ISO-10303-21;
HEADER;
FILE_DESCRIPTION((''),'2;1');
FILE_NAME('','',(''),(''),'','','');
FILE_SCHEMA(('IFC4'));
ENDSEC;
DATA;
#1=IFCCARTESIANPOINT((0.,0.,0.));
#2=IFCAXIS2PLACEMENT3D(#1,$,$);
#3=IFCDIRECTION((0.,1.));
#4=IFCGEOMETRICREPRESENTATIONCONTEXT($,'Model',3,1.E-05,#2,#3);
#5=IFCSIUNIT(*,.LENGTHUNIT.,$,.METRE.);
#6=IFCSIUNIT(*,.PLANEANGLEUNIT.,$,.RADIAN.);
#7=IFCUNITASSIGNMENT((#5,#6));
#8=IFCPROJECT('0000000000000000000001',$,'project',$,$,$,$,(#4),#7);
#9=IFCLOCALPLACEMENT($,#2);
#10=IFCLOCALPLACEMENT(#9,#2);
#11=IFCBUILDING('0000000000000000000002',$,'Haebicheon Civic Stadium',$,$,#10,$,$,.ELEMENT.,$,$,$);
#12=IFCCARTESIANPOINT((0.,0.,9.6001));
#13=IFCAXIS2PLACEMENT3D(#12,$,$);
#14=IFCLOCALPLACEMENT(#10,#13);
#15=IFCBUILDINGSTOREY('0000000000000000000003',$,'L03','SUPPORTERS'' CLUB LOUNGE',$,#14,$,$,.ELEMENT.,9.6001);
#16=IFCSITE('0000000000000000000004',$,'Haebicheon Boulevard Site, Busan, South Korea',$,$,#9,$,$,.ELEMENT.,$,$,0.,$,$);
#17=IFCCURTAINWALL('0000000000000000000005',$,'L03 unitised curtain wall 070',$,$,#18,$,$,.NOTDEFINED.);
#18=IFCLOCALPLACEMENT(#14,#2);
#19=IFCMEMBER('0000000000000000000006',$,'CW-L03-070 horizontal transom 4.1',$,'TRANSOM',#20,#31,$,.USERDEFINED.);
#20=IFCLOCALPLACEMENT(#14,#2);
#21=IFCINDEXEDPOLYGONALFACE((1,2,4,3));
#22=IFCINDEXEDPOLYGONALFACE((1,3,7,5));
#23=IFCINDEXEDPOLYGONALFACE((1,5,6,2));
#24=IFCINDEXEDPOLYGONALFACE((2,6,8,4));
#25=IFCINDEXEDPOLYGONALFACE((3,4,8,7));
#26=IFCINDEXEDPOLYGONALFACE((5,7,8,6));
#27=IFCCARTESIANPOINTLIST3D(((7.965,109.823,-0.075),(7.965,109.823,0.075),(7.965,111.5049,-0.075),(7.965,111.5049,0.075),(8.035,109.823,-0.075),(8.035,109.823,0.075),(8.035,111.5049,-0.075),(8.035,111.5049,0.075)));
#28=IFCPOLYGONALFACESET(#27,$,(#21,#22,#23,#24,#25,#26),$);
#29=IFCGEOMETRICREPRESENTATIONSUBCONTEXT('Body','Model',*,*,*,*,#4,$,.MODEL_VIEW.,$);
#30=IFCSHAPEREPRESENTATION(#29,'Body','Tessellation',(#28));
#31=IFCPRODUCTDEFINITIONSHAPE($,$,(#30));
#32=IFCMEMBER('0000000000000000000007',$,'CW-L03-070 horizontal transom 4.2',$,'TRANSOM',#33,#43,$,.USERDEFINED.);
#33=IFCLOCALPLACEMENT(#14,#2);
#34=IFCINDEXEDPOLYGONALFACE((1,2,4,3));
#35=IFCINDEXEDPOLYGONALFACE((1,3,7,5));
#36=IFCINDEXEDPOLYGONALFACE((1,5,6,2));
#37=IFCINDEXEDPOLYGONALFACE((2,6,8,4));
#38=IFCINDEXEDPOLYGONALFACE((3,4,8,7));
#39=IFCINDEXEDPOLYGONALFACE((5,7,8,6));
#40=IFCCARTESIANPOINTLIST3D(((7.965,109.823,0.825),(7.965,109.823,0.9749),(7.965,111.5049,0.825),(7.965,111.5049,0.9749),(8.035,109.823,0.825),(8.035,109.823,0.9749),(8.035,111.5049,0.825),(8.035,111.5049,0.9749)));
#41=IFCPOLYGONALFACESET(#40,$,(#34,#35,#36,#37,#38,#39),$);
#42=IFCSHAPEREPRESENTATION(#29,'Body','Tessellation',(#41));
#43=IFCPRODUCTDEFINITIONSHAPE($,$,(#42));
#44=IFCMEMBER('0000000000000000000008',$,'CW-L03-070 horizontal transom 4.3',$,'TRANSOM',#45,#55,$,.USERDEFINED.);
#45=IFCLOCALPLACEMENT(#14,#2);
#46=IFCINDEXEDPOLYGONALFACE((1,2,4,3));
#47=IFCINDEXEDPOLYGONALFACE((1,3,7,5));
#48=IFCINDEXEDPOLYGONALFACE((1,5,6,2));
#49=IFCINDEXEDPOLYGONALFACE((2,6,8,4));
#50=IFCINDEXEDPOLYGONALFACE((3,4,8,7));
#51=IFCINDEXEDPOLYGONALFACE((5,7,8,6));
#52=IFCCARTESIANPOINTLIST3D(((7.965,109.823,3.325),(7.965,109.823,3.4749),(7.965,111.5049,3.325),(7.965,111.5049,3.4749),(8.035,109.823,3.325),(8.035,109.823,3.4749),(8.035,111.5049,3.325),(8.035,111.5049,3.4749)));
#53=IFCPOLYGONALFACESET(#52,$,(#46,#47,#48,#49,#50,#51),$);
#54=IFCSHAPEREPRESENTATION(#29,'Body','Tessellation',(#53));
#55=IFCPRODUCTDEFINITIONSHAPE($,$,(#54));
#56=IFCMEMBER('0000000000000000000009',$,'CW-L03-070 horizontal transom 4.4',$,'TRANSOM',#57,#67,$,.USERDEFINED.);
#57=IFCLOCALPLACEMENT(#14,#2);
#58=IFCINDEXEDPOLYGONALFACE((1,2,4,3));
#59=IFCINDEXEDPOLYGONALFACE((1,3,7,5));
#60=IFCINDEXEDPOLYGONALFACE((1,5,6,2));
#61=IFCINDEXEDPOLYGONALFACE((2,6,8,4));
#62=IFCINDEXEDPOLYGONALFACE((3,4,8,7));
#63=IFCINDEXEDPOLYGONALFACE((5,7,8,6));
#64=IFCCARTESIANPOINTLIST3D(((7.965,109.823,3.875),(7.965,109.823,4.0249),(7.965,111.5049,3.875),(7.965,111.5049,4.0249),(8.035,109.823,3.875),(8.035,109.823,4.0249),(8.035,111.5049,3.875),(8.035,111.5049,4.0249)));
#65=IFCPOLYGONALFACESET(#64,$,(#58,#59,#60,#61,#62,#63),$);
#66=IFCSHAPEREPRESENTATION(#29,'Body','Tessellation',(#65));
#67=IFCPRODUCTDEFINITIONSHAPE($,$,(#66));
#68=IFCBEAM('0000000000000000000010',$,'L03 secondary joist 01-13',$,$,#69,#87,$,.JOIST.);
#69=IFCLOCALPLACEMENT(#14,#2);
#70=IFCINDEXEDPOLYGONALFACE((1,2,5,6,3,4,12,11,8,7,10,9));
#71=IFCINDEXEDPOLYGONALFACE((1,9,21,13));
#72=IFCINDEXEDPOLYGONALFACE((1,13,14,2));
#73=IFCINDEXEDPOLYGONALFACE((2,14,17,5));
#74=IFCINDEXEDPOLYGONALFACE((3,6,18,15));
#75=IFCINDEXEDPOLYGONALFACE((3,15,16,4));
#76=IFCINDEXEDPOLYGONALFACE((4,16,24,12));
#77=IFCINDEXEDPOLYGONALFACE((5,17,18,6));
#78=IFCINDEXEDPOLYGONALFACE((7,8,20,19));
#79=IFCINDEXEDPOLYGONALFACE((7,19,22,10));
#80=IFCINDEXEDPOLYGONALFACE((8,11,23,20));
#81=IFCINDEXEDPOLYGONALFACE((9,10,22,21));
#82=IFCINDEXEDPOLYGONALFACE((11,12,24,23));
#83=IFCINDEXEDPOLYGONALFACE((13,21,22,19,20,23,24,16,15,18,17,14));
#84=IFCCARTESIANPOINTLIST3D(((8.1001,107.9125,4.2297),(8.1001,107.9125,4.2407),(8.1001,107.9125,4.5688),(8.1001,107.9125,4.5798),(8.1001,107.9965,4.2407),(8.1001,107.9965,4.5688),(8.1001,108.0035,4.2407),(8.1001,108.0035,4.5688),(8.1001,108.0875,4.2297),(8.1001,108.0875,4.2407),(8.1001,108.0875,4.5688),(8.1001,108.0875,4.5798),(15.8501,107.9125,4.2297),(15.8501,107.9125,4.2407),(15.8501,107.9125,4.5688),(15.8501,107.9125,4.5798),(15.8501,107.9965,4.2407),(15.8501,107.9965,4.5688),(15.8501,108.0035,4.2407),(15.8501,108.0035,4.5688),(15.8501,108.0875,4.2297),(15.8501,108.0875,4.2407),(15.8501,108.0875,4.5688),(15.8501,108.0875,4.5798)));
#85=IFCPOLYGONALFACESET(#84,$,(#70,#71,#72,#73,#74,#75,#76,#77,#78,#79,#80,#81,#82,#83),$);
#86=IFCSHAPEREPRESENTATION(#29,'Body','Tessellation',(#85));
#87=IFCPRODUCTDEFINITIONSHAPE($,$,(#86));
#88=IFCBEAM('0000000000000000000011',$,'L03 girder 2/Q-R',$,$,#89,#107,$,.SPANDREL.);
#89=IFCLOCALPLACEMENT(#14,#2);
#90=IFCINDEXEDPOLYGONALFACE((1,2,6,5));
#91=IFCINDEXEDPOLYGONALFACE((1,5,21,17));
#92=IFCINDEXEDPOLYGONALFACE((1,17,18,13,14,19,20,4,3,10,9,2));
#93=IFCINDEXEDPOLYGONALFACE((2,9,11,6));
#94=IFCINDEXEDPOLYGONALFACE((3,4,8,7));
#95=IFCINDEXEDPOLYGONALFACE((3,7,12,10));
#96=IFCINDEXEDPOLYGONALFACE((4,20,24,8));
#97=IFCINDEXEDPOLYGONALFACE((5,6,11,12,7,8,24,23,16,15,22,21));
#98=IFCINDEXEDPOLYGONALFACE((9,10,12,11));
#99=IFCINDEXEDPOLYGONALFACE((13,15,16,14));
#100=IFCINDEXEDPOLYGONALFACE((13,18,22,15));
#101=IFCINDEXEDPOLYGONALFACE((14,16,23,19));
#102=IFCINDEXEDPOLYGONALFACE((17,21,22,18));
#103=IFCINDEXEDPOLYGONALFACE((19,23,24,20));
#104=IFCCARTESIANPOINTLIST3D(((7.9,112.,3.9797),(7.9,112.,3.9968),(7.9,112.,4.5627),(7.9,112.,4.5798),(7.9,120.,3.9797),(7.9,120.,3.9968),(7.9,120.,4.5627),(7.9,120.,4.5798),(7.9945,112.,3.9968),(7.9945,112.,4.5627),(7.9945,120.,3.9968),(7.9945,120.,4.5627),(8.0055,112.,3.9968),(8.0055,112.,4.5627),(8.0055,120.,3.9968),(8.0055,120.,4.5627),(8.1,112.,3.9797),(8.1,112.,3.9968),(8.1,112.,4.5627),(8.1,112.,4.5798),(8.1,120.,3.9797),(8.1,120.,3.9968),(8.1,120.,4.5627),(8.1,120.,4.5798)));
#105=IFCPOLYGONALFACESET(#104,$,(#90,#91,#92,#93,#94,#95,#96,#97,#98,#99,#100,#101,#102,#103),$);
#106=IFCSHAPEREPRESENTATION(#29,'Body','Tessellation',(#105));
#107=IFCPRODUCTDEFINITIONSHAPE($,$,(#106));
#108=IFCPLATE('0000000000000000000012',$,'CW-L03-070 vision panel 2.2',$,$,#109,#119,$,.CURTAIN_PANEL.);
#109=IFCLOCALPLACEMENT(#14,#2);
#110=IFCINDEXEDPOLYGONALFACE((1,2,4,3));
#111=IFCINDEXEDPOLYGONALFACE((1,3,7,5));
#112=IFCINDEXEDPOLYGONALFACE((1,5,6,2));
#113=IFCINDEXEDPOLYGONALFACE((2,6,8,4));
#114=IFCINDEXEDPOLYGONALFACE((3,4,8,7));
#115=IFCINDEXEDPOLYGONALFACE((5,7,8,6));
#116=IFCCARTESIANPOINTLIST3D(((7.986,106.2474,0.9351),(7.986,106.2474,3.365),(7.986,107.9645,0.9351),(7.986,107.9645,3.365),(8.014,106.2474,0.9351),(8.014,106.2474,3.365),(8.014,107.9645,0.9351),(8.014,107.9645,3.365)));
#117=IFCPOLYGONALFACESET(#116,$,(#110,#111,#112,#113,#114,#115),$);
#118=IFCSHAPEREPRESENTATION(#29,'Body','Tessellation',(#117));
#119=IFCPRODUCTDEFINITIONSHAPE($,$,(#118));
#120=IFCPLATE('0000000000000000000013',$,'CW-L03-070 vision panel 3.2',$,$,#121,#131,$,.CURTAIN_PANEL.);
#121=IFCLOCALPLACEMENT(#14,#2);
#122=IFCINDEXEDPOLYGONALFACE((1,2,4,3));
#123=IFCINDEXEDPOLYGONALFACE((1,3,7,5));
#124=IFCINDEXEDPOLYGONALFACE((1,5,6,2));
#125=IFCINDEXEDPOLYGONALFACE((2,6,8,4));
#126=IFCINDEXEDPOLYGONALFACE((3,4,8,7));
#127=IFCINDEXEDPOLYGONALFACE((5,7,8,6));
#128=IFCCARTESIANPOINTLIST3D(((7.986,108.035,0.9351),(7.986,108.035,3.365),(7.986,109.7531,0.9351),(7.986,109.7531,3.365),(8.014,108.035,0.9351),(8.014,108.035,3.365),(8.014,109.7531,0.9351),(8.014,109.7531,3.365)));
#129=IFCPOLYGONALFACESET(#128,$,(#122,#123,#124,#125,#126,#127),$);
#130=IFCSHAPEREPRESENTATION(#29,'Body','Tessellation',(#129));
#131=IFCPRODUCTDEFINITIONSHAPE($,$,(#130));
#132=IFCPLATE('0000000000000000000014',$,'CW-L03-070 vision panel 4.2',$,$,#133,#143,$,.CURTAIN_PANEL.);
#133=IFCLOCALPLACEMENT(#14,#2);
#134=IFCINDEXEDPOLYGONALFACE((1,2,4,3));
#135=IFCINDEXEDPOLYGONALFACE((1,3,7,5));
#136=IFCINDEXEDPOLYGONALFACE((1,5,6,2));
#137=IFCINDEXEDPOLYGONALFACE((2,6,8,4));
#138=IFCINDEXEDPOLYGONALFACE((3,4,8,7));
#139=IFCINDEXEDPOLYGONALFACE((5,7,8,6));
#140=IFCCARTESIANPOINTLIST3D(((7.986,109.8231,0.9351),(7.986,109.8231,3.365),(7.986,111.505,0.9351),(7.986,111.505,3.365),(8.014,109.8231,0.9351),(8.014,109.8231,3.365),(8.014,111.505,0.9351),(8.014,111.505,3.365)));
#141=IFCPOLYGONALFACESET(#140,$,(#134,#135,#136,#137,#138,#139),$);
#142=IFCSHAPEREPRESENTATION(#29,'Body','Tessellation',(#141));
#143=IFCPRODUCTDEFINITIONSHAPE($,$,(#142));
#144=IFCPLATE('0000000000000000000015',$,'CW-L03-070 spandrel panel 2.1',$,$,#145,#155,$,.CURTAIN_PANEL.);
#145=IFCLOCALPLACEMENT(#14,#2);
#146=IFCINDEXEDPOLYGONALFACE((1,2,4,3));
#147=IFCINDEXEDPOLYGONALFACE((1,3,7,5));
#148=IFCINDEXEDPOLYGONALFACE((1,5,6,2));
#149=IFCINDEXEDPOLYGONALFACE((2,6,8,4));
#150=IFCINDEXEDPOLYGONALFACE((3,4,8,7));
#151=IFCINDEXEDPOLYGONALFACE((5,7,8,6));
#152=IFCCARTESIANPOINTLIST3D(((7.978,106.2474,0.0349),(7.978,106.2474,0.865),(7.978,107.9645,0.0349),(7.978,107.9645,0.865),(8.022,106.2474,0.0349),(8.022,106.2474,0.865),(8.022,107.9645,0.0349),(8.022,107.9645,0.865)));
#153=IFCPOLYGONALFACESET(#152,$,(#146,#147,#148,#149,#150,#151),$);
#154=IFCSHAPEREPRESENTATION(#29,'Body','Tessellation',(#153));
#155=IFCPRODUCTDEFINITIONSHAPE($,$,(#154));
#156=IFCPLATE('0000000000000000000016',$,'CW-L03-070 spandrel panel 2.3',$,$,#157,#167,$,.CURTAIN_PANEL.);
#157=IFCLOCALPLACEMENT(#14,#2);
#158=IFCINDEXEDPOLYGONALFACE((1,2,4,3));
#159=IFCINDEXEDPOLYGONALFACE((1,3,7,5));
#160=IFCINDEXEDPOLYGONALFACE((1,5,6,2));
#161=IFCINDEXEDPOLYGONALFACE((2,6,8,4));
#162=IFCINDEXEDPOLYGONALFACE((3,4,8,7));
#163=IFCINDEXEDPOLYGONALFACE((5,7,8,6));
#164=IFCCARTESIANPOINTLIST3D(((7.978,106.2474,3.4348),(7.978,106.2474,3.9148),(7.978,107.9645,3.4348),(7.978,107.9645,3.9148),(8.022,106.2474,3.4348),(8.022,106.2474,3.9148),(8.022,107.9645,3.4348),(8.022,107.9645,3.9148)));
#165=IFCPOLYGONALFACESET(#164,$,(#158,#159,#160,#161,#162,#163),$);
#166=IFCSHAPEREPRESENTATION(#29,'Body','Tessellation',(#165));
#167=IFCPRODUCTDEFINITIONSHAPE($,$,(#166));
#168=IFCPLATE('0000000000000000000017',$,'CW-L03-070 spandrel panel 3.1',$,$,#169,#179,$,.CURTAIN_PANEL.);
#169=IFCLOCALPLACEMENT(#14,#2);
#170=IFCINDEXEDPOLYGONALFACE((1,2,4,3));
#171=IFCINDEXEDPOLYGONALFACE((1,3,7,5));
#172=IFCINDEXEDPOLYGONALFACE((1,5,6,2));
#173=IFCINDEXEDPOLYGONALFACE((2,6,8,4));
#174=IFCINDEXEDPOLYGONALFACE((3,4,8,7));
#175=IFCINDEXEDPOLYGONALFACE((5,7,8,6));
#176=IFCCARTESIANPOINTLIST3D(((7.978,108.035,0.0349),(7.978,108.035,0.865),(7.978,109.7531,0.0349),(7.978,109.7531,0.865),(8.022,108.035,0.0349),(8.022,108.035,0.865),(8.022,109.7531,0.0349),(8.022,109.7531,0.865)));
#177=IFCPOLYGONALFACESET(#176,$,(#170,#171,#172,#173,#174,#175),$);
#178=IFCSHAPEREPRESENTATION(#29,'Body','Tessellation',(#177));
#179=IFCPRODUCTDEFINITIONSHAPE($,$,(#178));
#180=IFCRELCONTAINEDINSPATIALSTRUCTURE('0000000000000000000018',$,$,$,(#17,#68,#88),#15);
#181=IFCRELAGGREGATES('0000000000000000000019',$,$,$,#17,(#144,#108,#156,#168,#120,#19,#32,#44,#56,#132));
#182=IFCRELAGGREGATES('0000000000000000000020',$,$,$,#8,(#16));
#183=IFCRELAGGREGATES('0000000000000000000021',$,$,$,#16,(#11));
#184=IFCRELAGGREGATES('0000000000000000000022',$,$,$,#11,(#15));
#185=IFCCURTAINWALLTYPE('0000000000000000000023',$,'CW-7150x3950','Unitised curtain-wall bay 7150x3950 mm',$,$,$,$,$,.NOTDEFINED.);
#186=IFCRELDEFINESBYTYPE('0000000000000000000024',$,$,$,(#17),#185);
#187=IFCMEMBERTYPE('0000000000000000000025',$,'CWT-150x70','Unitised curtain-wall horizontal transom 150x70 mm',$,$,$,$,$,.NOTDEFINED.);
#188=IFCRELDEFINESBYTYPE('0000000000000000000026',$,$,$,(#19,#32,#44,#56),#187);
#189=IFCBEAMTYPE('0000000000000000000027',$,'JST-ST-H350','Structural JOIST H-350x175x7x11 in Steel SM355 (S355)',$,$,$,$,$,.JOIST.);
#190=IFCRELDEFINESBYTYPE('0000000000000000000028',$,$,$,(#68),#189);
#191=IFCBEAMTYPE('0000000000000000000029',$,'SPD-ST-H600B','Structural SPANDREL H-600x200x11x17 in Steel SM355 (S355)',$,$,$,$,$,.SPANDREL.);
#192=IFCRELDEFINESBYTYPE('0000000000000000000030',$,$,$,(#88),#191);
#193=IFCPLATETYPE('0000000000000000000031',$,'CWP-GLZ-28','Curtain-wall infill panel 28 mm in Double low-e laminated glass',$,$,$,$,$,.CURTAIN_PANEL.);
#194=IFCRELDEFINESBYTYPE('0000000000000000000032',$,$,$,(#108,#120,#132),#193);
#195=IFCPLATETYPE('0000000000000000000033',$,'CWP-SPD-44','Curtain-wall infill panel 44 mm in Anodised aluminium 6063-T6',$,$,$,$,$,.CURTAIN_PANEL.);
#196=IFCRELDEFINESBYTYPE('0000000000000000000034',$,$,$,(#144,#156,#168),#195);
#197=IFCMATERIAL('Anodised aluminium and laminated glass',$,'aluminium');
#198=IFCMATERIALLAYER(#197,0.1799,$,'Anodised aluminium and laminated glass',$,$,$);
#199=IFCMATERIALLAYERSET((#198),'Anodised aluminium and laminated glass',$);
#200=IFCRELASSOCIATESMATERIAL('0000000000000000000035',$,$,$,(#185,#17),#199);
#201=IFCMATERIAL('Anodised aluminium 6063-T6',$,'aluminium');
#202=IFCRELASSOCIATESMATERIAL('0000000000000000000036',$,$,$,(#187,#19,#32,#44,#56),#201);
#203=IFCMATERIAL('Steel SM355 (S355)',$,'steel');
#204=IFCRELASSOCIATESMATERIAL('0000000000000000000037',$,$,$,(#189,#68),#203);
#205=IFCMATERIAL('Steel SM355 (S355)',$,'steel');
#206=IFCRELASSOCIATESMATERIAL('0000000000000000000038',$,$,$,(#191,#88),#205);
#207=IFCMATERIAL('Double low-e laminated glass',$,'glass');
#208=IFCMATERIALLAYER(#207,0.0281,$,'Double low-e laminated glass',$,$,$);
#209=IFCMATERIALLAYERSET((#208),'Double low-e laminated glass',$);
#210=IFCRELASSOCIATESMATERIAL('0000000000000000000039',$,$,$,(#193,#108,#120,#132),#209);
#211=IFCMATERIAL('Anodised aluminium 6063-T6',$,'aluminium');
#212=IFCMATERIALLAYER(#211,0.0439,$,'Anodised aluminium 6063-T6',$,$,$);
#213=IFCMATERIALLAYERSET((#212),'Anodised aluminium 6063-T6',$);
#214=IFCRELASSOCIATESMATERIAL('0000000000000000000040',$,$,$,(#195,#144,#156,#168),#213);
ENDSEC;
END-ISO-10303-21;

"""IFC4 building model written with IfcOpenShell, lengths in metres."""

from ifc_helpers import new_model, si_unit, direction, frame, origin, origin_2d, place, context, subcontext, project, spatial, rectangle, i_section, extrude, material, layer, layer_set, material_profile, profile_set, type_object, element, aggregate, save


model = new_model("IFC4")

# Units and contexts
model_context = context("Model", 3, precision=1e-05, world=origin(), true_north=direction((0.0, 1.0)))
body_context = subcontext(model_context, "Body", "Model", "MODEL_VIEW")
ifc_project = project(units=[si_unit("LENGTHUNIT", "METRE"), si_unit("PLANEANGLEUNIT", "RADIAN")], contexts=[model_context])

# Site, building, storey
site_placement = place(None, origin())
site = spatial("IfcSite", under=ifc_project, at=site_placement, Name="Haebicheon Boulevard Site, Busan, South Korea", CompositionType="ELEMENT", RefElevation=0.0)
building_placement = place(site_placement, origin())
building = spatial("IfcBuilding", under=site, at=building_placement, Name="Haebicheon Civic Stadium", CompositionType="ELEMENT")
storey_placement = place(building_placement, frame((0.0, 0.0, 9.6001)))
storey = spatial("IfcBuildingStorey", under=building, at=storey_placement, Name="L03", Description="SUPPORTERS' CLUB LOUNGE", CompositionType="ELEMENT", Elevation=9.6001)

# Curtain wall, members
ifc_material_1 = material(Name="Anodised aluminium and laminated glass", Category="aluminium")
ifc_layer_1 = layer(ifc_material_1, 0.1799, Name="Anodised aluminium and laminated glass")
ifc_layer_set_1 = layer_set([ifc_layer_1], Name="Anodised aluminium and laminated glass")
curtain_wall_type = type_object("IfcCurtainWallType", Name="CW-7150x3950", Description="Unitised curtain-wall bay 7150x3950 mm", PredefinedType="NOTDEFINED", material=ifc_layer_set_1)
curtain_wall_placement = place(storey_placement, origin())
curtain_wall = element("IfcCurtainWall", 1, at=curtain_wall_placement, inside=storey, type_object=curtain_wall_type, material=ifc_layer_set_1, Name="L03 unitised curtain wall 070", PredefinedType="NOTDEFINED")
ifc_material_2 = material(Name="Anodised aluminium 6063-T6", Category="aluminium")
ifc_material_profile_1 = material_profile(ifc_material_2, rectangle(XDim=0.0701, YDim=0.1499, at=origin_2d()), Name="ALU-TRAN-70x150")
ifc_profile_set_1 = profile_set([ifc_material_profile_1], Name="Anodised aluminium 6063-T6")
member_type_1 = type_object("IfcMemberType", Name="CWT-150x70", Description="Unitised curtain-wall horizontal transom 150x70 mm", PredefinedType="NOTDEFINED", material=ifc_profile_set_1)
member_1_placement = place(storey_placement, frame((8.0, 109.823, 0.0), z_axis=(0.0, 1.0, 0.0), x_axis=(-1.0, 0.0, 0.0)))
member_1 = element("IfcMember", 2, at=member_1_placement, type_object=member_type_1, material=ifc_profile_set_1, Name="CW-L03-070 horizontal transom 4.1", ObjectType="TRANSOM", PredefinedType="USERDEFINED", context=body_context, shape_type="SweptSolid", body=[
    extrude(rectangle(XDim=0.0701, YDim=0.1499, at=origin_2d()), origin(), (0.0, 0.0, 1.0), 1.6819),
])
member_2_placement = place(storey_placement, frame((8.0, 109.823, 0.8999), z_axis=(0.0, 1.0, 0.0), x_axis=(-1.0, 0.0, 0.0)))
member_2 = element("IfcMember", 3, at=member_2_placement, type_object=member_type_1, material=ifc_profile_set_1, Name="CW-L03-070 horizontal transom 4.2", ObjectType="TRANSOM", PredefinedType="USERDEFINED", context=body_context, shape_type="SweptSolid", body=[
    extrude(rectangle(XDim=0.0701, YDim=0.1499, at=origin_2d()), origin(), (0.0, 0.0, 1.0), 1.6819),
])
member_3_placement = place(storey_placement, frame((8.0, 109.823, 3.3999), z_axis=(0.0, 1.0, 0.0), x_axis=(-1.0, 0.0, 0.0)))
member_3 = element("IfcMember", 4, at=member_3_placement, type_object=member_type_1, material=ifc_profile_set_1, Name="CW-L03-070 horizontal transom 4.3", ObjectType="TRANSOM", PredefinedType="USERDEFINED", context=body_context, shape_type="SweptSolid", body=[
    extrude(rectangle(XDim=0.0701, YDim=0.1499, at=origin_2d()), origin(), (0.0, 0.0, 1.0), 1.6819),
])
member_4_placement = place(storey_placement, frame((8.0, 109.823, 3.95), z_axis=(0.0, 1.0, 0.0), x_axis=(-1.0, 0.0, 0.0)))
member_4 = element("IfcMember", 5, at=member_4_placement, type_object=member_type_1, material=ifc_profile_set_1, Name="CW-L03-070 horizontal transom 4.4", ObjectType="TRANSOM", PredefinedType="USERDEFINED", context=body_context, shape_type="SweptSolid", body=[
    extrude(rectangle(XDim=0.0701, YDim=0.1499, at=origin_2d()), origin(), (0.0, 0.0, 1.0), 1.6819),
])

# Beams
ifc_material_3 = material(Name="Steel SM355 (S355)", Category="steel")
ifc_material_profile_2 = material_profile(ifc_material_3, i_section(OverallWidth=0.175, OverallDepth=0.3501, WebThickness=0.0071, FlangeThickness=0.011, at=origin_2d()), Name="H-350x175x7x11")
ifc_profile_set_2 = profile_set([ifc_material_profile_2], Name="Steel SM355 (S355)")
beam_type_1 = type_object("IfcBeamType", Name="JST-ST-H350", Description="Structural JOIST H-350x175x7x11 in Steel SM355 (S355)", PredefinedType="JOIST", material=ifc_profile_set_2)
beam_1_placement = place(storey_placement, frame((8.1001, 108.0, 4.4048), z_axis=(1.0, 0.0, 0.0), x_axis=(0.0, 1.0, 0.0)))
element("IfcBeam", 6, at=beam_1_placement, inside=storey, type_object=beam_type_1, material=ifc_profile_set_2, Name="L03 secondary joist 01-13", PredefinedType="JOIST", context=body_context, shape_type="SweptSolid", body=[
    extrude(i_section(OverallWidth=0.175, OverallDepth=0.3501, WebThickness=0.0071, FlangeThickness=0.011, at=origin_2d()), origin(), (0.0, 0.0, 1.0), 7.75),
])
ifc_material_4 = material(Name="Steel SM355 (S355)", Category="steel")
ifc_material_profile_3 = material_profile(ifc_material_4, i_section(OverallWidth=0.2, OverallDepth=0.6001, WebThickness=0.011, FlangeThickness=0.0171, at=origin_2d()), Name="H-600x200x11x17")
ifc_profile_set_3 = profile_set([ifc_material_profile_3], Name="Steel SM355 (S355)")
beam_type_2 = type_object("IfcBeamType", Name="SPD-ST-H600B", Description="Structural SPANDREL H-600x200x11x17 in Steel SM355 (S355)", PredefinedType="SPANDREL", material=ifc_profile_set_3)
beam_2_placement = place(storey_placement, frame((8.0, 112.0, 4.2798), z_axis=(0.0, 1.0, 0.0), x_axis=(-1.0, 0.0, 0.0)))
element("IfcBeam", 7, at=beam_2_placement, inside=storey, type_object=beam_type_2, material=ifc_profile_set_3, Name="L03 girder 2/Q-R", PredefinedType="SPANDREL", context=body_context, shape_type="SweptSolid", body=[
    extrude(i_section(OverallWidth=0.2, OverallDepth=0.6001, WebThickness=0.011, FlangeThickness=0.0171, at=origin_2d()), origin(), (0.0, 0.0, 1.0), 8.0),
])

# Plates
ifc_material_5 = material(Name="Double low-e laminated glass", Category="glass")
ifc_layer_2 = layer(ifc_material_5, 0.0281, Name="Double low-e laminated glass")
ifc_layer_set_2 = layer_set([ifc_layer_2], Name="Double low-e laminated glass")
plate_type_1 = type_object("IfcPlateType", Name="CWP-GLZ-28", Description="Curtain-wall infill panel 28 mm in Double low-e laminated glass", PredefinedType="CURTAIN_PANEL", material=ifc_layer_set_2)
plate_1_placement = place(storey_placement, frame((8.0, 107.106, 0.9351), z_axis=(0.0, 0.0, 1.0), x_axis=(0.0, 1.0, 0.0)))
plate_1 = element("IfcPlate", 8, at=plate_1_placement, type_object=plate_type_1, material=ifc_layer_set_2, Name="CW-L03-070 vision panel 2.2", PredefinedType="CURTAIN_PANEL", context=body_context, shape_type="SweptSolid", body=[
    extrude(rectangle(XDim=1.717, YDim=0.0281, at=origin_2d()), origin(), (0.0, 0.0, 1.0), 2.4299),
])
plate_2_placement = place(storey_placement, frame((8.0, 108.894, 0.9351), z_axis=(0.0, 0.0, 1.0), x_axis=(0.0, 1.0, 0.0)))
plate_2 = element("IfcPlate", 9, at=plate_2_placement, type_object=plate_type_1, material=ifc_layer_set_2, Name="CW-L03-070 vision panel 3.2", PredefinedType="CURTAIN_PANEL", context=body_context, shape_type="SweptSolid", body=[
    extrude(rectangle(XDim=1.718, YDim=0.0281, at=origin_2d()), origin(), (0.0, 0.0, 1.0), 2.4299),
])
plate_3_placement = place(storey_placement, frame((8.0, 110.6641, 0.9351), z_axis=(0.0, 0.0, 1.0), x_axis=(0.0, 1.0, 0.0)))
plate_3 = element("IfcPlate", 10, at=plate_3_placement, type_object=plate_type_1, material=ifc_layer_set_2, Name="CW-L03-070 vision panel 4.2", PredefinedType="CURTAIN_PANEL", context=body_context, shape_type="SweptSolid", body=[
    extrude(rectangle(XDim=1.6819, YDim=0.0281, at=origin_2d()), origin(), (0.0, 0.0, 1.0), 2.4299),
])
ifc_material_6 = material(Name="Anodised aluminium 6063-T6", Category="aluminium")
ifc_layer_3 = layer(ifc_material_6, 0.0439, Name="Anodised aluminium 6063-T6")
ifc_layer_set_3 = layer_set([ifc_layer_3], Name="Anodised aluminium 6063-T6")
plate_type_2 = type_object("IfcPlateType", Name="CWP-SPD-44", Description="Curtain-wall infill panel 44 mm in Anodised aluminium 6063-T6", PredefinedType="CURTAIN_PANEL", material=ifc_layer_set_3)
plate_4_placement = place(storey_placement, frame((8.0, 107.106, 0.0349), z_axis=(0.0, 0.0, 1.0), x_axis=(0.0, 1.0, 0.0)))
plate_4 = element("IfcPlate", 11, at=plate_4_placement, type_object=plate_type_2, material=ifc_layer_set_3, Name="CW-L03-070 spandrel panel 2.1", PredefinedType="CURTAIN_PANEL", context=body_context, shape_type="SweptSolid", body=[
    extrude(rectangle(XDim=1.717, YDim=0.0439, at=origin_2d()), origin(), (0.0, 0.0, 1.0), 0.8301),
])
plate_5_placement = place(storey_placement, frame((8.0, 107.106, 3.4348), z_axis=(0.0, 0.0, 1.0), x_axis=(0.0, 1.0, 0.0)))
plate_5 = element("IfcPlate", 12, at=plate_5_placement, type_object=plate_type_2, material=ifc_layer_set_3, Name="CW-L03-070 spandrel panel 2.3", PredefinedType="CURTAIN_PANEL", context=body_context, shape_type="SweptSolid", body=[
    extrude(rectangle(XDim=1.717, YDim=0.0439, at=origin_2d()), origin(), (0.0, 0.0, 1.0), 0.48),
])
plate_6_placement = place(storey_placement, frame((8.0, 108.894, 0.0349), z_axis=(0.0, 0.0, 1.0), x_axis=(0.0, 1.0, 0.0)))
plate_6 = element("IfcPlate", 13, at=plate_6_placement, type_object=plate_type_2, material=ifc_layer_set_3, Name="CW-L03-070 spandrel panel 3.1", PredefinedType="CURTAIN_PANEL", context=body_context, shape_type="SweptSolid", body=[
    extrude(rectangle(XDim=1.718, YDim=0.0439, at=origin_2d()), origin(), (0.0, 0.0, 1.0), 0.8301),
])
aggregate(curtain_wall, [plate_4, plate_1, plate_5, plate_6, plate_2, member_1, member_2, member_3, member_4, plate_3])

save(model, "model.ifc")
